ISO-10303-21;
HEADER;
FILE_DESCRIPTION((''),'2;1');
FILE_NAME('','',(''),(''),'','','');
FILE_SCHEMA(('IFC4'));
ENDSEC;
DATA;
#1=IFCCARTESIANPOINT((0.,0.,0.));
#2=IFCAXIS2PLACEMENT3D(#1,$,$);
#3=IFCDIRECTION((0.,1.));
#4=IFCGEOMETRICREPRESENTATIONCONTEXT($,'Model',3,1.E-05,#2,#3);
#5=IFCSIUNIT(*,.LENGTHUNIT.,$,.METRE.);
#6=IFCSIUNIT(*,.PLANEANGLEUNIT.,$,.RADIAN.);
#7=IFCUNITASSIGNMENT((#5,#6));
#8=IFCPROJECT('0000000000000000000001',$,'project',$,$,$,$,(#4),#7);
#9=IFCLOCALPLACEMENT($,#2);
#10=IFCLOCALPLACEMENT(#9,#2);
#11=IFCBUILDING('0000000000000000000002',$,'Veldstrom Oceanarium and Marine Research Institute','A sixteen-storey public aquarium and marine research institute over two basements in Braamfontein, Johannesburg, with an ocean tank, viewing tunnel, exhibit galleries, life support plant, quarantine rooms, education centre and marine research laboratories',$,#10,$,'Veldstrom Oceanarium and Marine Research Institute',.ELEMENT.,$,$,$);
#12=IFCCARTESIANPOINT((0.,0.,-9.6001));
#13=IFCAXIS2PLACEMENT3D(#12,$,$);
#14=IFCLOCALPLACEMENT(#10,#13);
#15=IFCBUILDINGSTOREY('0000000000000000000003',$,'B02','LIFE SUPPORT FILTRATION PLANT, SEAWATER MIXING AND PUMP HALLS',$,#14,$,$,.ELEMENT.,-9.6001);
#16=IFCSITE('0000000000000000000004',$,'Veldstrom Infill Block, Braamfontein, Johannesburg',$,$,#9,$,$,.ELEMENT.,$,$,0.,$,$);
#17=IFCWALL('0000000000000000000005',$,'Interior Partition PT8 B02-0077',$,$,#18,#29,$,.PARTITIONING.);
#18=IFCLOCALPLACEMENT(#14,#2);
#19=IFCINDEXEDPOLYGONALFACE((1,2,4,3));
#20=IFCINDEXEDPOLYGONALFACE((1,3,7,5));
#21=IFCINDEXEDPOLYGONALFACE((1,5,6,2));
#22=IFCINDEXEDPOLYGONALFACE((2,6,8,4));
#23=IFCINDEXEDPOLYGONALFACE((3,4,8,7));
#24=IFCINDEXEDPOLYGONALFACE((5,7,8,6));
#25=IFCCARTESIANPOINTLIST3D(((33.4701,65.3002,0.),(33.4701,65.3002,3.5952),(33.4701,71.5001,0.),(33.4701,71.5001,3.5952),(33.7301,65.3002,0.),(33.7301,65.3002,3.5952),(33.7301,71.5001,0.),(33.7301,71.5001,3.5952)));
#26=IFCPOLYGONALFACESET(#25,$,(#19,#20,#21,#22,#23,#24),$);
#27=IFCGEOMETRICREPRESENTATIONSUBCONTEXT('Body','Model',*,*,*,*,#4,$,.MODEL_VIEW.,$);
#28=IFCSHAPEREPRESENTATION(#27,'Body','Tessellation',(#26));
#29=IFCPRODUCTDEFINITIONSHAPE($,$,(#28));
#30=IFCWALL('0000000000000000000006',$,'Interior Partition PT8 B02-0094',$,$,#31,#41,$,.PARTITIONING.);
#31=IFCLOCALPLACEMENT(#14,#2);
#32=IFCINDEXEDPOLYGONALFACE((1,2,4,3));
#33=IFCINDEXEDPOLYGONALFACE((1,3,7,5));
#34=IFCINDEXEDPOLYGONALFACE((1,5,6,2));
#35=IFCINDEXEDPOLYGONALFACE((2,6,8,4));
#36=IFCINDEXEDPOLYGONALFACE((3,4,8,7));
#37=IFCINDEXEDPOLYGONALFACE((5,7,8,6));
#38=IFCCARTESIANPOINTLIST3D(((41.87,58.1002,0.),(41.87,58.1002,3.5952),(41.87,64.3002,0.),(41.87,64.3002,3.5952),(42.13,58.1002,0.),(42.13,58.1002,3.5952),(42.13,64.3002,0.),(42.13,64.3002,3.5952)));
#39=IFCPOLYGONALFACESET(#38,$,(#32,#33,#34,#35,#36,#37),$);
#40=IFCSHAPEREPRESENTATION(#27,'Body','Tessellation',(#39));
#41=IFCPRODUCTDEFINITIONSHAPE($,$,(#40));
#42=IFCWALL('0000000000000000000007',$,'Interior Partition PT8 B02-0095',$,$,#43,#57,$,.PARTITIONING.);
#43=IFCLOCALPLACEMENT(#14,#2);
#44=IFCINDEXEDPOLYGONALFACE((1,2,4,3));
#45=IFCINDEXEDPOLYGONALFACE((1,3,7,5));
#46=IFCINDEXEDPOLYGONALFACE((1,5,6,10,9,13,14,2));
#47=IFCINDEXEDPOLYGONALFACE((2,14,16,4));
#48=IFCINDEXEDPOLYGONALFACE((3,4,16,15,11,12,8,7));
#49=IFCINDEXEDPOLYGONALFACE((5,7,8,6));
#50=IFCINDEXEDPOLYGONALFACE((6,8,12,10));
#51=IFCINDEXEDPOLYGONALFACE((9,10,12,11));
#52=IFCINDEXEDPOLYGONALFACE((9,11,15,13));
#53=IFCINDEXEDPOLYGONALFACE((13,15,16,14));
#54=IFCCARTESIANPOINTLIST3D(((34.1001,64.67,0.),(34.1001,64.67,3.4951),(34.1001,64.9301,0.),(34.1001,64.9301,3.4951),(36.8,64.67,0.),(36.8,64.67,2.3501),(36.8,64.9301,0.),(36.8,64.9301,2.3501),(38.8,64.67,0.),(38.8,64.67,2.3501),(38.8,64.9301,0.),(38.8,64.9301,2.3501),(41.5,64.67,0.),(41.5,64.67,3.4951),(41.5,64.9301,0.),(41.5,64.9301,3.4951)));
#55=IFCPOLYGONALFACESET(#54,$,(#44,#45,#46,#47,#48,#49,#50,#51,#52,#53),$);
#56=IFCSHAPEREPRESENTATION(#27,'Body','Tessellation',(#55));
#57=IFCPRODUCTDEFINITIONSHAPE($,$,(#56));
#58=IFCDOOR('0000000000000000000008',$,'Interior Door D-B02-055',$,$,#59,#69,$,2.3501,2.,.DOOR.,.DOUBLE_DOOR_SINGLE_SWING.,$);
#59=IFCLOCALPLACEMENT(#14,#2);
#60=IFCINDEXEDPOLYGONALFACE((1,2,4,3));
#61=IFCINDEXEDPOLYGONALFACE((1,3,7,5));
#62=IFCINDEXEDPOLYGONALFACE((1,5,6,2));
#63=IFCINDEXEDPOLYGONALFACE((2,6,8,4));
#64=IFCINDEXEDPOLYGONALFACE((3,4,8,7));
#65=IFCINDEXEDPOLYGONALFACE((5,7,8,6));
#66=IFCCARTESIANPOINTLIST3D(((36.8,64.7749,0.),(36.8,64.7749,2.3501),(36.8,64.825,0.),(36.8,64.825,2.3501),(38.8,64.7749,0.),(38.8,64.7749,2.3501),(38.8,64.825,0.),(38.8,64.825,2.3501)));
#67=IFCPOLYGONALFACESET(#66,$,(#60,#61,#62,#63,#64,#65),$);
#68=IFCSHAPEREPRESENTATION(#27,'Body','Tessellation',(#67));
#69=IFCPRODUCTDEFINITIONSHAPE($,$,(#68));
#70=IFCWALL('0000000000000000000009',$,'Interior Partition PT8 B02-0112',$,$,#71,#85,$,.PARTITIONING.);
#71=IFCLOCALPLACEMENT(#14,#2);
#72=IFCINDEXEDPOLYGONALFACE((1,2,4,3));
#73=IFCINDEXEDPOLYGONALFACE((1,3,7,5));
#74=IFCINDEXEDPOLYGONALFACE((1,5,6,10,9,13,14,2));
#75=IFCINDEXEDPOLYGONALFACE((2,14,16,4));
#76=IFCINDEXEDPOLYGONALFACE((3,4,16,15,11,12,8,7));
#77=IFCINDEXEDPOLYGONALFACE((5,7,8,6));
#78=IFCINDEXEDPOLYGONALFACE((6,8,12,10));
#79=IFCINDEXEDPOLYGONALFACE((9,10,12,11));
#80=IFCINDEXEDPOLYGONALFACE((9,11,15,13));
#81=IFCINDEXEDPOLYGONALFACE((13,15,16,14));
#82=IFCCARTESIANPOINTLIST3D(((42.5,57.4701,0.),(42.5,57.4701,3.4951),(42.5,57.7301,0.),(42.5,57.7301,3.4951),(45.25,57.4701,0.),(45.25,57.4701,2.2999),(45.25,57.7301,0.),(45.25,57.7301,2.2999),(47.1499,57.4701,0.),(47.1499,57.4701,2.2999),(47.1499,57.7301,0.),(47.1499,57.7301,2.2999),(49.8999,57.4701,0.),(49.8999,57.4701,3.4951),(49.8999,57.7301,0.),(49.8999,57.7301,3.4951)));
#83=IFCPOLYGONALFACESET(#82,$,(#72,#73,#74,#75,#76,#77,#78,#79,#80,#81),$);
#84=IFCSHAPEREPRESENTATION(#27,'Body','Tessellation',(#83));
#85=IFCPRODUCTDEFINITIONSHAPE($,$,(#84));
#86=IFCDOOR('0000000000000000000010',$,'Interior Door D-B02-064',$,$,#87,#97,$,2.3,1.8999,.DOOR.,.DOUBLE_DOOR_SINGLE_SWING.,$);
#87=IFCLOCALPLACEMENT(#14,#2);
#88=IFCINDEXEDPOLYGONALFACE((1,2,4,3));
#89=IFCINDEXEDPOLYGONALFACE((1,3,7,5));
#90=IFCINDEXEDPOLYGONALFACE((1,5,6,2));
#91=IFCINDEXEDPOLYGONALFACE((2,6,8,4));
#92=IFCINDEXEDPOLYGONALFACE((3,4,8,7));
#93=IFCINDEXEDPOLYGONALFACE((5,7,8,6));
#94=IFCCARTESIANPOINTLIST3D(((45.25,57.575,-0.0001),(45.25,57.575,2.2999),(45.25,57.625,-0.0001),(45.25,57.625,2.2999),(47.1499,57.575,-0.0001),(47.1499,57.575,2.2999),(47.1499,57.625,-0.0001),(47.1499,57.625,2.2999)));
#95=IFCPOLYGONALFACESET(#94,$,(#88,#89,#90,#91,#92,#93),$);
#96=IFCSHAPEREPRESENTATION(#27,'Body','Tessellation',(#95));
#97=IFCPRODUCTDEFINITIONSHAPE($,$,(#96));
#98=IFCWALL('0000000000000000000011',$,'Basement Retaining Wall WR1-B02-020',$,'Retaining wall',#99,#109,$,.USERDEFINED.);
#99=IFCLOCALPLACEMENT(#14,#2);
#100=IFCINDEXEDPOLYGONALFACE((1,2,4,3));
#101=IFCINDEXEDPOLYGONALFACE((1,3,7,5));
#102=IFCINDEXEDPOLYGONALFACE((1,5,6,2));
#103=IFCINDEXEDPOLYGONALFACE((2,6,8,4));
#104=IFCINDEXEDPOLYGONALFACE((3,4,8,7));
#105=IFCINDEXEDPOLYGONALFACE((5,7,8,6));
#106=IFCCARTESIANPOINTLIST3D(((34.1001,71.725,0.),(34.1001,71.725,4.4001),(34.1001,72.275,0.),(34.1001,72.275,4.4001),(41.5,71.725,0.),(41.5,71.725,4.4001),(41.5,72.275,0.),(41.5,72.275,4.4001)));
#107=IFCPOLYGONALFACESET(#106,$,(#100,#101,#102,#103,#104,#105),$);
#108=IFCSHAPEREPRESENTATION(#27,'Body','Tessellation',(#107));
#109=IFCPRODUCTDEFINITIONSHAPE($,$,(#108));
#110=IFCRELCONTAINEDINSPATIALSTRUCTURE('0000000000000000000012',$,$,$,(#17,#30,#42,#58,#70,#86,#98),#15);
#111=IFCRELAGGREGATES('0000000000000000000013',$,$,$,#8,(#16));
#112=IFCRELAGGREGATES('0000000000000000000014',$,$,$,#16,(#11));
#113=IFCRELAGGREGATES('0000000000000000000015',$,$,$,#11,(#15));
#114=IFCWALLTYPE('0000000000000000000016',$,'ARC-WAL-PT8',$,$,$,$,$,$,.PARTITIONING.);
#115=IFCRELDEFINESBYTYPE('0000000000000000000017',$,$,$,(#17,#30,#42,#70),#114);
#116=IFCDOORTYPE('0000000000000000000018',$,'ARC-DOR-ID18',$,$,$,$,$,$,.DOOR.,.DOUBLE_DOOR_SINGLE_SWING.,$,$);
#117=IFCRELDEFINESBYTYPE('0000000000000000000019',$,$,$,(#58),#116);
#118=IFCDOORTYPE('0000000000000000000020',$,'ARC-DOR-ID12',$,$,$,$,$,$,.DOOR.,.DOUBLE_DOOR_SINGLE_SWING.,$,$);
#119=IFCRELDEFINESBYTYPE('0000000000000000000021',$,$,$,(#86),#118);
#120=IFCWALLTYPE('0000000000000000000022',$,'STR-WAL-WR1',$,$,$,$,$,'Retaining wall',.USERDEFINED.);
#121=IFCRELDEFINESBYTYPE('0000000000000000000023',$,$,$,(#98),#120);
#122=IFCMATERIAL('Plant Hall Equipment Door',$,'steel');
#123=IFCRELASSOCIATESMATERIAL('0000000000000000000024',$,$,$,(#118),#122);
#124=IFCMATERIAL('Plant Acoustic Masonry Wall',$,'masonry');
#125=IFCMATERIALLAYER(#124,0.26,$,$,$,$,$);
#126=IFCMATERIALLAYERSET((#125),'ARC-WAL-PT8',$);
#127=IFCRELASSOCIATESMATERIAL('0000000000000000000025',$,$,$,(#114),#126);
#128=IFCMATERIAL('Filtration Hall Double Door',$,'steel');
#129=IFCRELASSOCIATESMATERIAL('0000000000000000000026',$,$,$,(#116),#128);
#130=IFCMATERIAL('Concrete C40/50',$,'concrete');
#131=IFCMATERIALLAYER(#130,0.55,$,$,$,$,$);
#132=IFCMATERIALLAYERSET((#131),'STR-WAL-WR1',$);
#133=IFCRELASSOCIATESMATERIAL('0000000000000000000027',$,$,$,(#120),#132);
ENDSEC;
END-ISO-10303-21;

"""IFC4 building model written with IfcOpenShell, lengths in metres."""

from ifc_helpers import new_model, si_unit, direction, frame, frame_2d, origin, place, context, subcontext, project, spatial, rectangle, extrude, material, layer, layer_set, type_object, element, fill, save


model = new_model("IFC4")

# Units and contexts
model_context = context("Model", 3, precision=1e-05, world=origin(), true_north=direction((0.0, 1.0)))
body_context = subcontext(model_context, "Body", "Model", "MODEL_VIEW")
ifc_project = project(units=[si_unit("LENGTHUNIT", "METRE"), si_unit("PLANEANGLEUNIT", "RADIAN")], contexts=[model_context])

# Site, building, storey
site_placement = place(None, origin())
site = spatial("IfcSite", under=ifc_project, at=site_placement, Name="Veldstrom Infill Block, Braamfontein, Johannesburg", CompositionType="ELEMENT", RefElevation=0.0)
building_placement = place(site_placement, origin())
building = spatial("IfcBuilding", under=site, at=building_placement, Name="Veldstrom Oceanarium and Marine Research Institute", Description="A sixteen-storey public aquarium and marine research institute over two basements in Braamfontein, Johannesburg, with an ocean tank, viewing tunnel, exhibit galleries, life support plant, quarantine rooms, education centre and marine research laboratories", LongName="Veldstrom Oceanarium and Marine Research Institute", CompositionType="ELEMENT")
storey_placement = place(building_placement, frame((0.0, 0.0, -9.6001)))
storey = spatial("IfcBuildingStorey", under=building, at=storey_placement, Name="B02", Description="LIFE SUPPORT FILTRATION PLANT, SEAWATER MIXING AND PUMP HALLS", CompositionType="ELEMENT", Elevation=-9.6001)

# Shared definitions
ifc_material_1 = material(Name="Plant Hall Equipment Door", Category="steel")
door_type_1 = type_object("IfcDoorType", Name="ARC-DOR-ID12", OperationType="DOUBLE_DOOR_SINGLE_SWING", PredefinedType="DOOR", material=ifc_material_1)

# Walls
ifc_material_2 = material(Name="Plant Acoustic Masonry Wall", Category="masonry")
ifc_layer_1 = layer(ifc_material_2, 0.26)
ifc_layer_set_1 = layer_set([ifc_layer_1], Name="ARC-WAL-PT8")
wall_type_1 = type_object("IfcWallType", Name="ARC-WAL-PT8", PredefinedType="PARTITIONING", material=ifc_layer_set_1)
for number, where, z_axis, x_axis, name in (
    (1, (33.6001, 65.3, 0.0), (0.0, 0.0, 1.0), (0.0, 1.0, 0.0), "Interior Partition PT8 B02-0077"),
    (2, (42.0, 58.1001, 0.0), (0.0, 0.0, 1.0), (0.0, 1.0, 0.0), "Interior Partition PT8 B02-0094"),
):
    element("IfcWall", number, at=place(storey_placement, frame(where, z_axis=z_axis, x_axis=x_axis)), inside=storey, type_object=wall_type_1, Name=name, PredefinedType="PARTITIONING", context=body_context, shape_type="SweptSolid", body=[
        extrude(rectangle(XDim=6.2, YDim=0.26, at=frame_2d((3.1001, 0.0))), origin(), (0.0, 0.0, 1.0), 3.5952),
    ])

# Walls, openings, doors
wall_1_placement = place(storey_placement, frame((34.1001, 64.8, 0.0), z_axis=(0.0, 0.0, 1.0), x_axis=(1.0, 0.0, 0.0)))
wall_1 = element("IfcWall", 3, at=wall_1_placement, inside=storey, type_object=wall_type_1, Name="Interior Partition PT8 B02-0095", PredefinedType="PARTITIONING", context=body_context, shape_type="SweptSolid", body=[
    extrude(rectangle(XDim=7.3999, YDim=0.26, at=frame_2d((3.7, 0.0))), origin(), (0.0, 0.0, 1.0), 3.4951),
])
opening_1_placement = place(wall_1_placement, frame((2.7, 0.0, 0.0)))
opening_1 = element("IfcOpeningElement", 4, at=opening_1_placement, cuts=wall_1, PredefinedType="OPENING", context=body_context, shape_type="SweptSolid", body=[
    extrude(rectangle(XDim=2.0, YDim=2.3501, at=frame_2d((1.0, 1.175))), frame((0.0, 0.1399, 0.0), z_axis=(0.0, -1.0, 0.0), x_axis=(1.0, 0.0, 0.0)), (0.0, 0.0, 1.0), 0.28),
])
ifc_material_3 = material(Name="Filtration Hall Double Door", Category="steel")
door_type_2 = type_object("IfcDoorType", Name="ARC-DOR-ID18", OperationType="DOUBLE_DOOR_SINGLE_SWING", PredefinedType="DOOR", material=ifc_material_3)
door_1_placement = place(opening_1_placement, origin())
door_1 = element("IfcDoor", 5, at=door_1_placement, inside=storey, type_object=door_type_2, Name="Interior Door D-B02-055", OperationType="DOUBLE_DOOR_SINGLE_SWING", OverallHeight=2.3501, OverallWidth=2.0, PredefinedType="DOOR", context=body_context, shape_type="SweptSolid", body=[
    extrude(rectangle(XDim=2.0, YDim=2.3501, at=frame_2d((1.0, 1.175))), frame((0.0, 0.0249, 0.0), z_axis=(0.0, -1.0, 0.0), x_axis=(1.0, 0.0, 0.0)), (0.0, 0.0, 1.0), 0.05),
])
fill(opening_1, door_1)
wall_2_placement = place(storey_placement, frame((42.5, 57.6001, 0.0), z_axis=(0.0, 0.0, 1.0), x_axis=(1.0, 0.0, 0.0)))
wall_2 = element("IfcWall", 6, at=wall_2_placement, inside=storey, type_object=wall_type_1, Name="Interior Partition PT8 B02-0112", PredefinedType="PARTITIONING", context=body_context, shape_type="SweptSolid", body=[
    extrude(rectangle(XDim=7.3999, YDim=0.26, at=frame_2d((3.7, 0.0))), origin(), (0.0, 0.0, 1.0), 3.4951),
])
opening_2_placement = place(wall_2_placement, frame((2.75, 0.0, 0.0)))
opening_2 = element("IfcOpeningElement", 7, at=opening_2_placement, cuts=wall_2, PredefinedType="OPENING", context=body_context, shape_type="SweptSolid", body=[
    extrude(rectangle(XDim=1.8999, YDim=2.3, at=frame_2d((0.95, 1.1499))), frame((0.0, 0.1399, 0.0), z_axis=(0.0, -1.0, 0.0), x_axis=(1.0, 0.0, 0.0)), (0.0, 0.0, 1.0), 0.28),
])
door_2_placement = place(opening_2_placement, origin())
door_2 = element("IfcDoor", 8, at=door_2_placement, inside=storey, type_object=door_type_1, Name="Interior Door D-B02-064", OperationType="DOUBLE_DOOR_SINGLE_SWING", OverallHeight=2.3, OverallWidth=1.8999, PredefinedType="DOOR", context=body_context, shape_type="SweptSolid", body=[
    extrude(rectangle(XDim=1.8999, YDim=2.3, at=frame_2d((0.95, 1.1499))), frame((0.0, 0.0249, 0.0), z_axis=(0.0, -1.0, 0.0), x_axis=(1.0, 0.0, 0.0)), (0.0, 0.0, 1.0), 0.05),
])
fill(opening_2, door_2)

# Wall
ifc_material_4 = material(Name="Concrete C40/50", Category="concrete")
ifc_layer_2 = layer(ifc_material_4, 0.55)
ifc_layer_set_2 = layer_set([ifc_layer_2], Name="STR-WAL-WR1")
wall_type_2 = type_object("IfcWallType", Name="STR-WAL-WR1", ElementType="Retaining wall", PredefinedType="USERDEFINED", material=ifc_layer_set_2)
wall_3_placement = place(storey_placement, frame((34.1001, 72.0, 0.0), z_axis=(0.0, 0.0, 1.0), x_axis=(1.0, 0.0, 0.0)))
element("IfcWall", 9, at=wall_3_placement, inside=storey, type_object=wall_type_2, Name="Basement Retaining Wall WR1-B02-020", ObjectType="Retaining wall", PredefinedType="USERDEFINED", context=body_context, shape_type="SweptSolid", body=[
    extrude(rectangle(XDim=7.3999, YDim=0.55, at=frame_2d((3.7, 0.0))), origin(), (0.0, 0.0, 1.0), 4.4001),
])

save(model, "model.ifc")
